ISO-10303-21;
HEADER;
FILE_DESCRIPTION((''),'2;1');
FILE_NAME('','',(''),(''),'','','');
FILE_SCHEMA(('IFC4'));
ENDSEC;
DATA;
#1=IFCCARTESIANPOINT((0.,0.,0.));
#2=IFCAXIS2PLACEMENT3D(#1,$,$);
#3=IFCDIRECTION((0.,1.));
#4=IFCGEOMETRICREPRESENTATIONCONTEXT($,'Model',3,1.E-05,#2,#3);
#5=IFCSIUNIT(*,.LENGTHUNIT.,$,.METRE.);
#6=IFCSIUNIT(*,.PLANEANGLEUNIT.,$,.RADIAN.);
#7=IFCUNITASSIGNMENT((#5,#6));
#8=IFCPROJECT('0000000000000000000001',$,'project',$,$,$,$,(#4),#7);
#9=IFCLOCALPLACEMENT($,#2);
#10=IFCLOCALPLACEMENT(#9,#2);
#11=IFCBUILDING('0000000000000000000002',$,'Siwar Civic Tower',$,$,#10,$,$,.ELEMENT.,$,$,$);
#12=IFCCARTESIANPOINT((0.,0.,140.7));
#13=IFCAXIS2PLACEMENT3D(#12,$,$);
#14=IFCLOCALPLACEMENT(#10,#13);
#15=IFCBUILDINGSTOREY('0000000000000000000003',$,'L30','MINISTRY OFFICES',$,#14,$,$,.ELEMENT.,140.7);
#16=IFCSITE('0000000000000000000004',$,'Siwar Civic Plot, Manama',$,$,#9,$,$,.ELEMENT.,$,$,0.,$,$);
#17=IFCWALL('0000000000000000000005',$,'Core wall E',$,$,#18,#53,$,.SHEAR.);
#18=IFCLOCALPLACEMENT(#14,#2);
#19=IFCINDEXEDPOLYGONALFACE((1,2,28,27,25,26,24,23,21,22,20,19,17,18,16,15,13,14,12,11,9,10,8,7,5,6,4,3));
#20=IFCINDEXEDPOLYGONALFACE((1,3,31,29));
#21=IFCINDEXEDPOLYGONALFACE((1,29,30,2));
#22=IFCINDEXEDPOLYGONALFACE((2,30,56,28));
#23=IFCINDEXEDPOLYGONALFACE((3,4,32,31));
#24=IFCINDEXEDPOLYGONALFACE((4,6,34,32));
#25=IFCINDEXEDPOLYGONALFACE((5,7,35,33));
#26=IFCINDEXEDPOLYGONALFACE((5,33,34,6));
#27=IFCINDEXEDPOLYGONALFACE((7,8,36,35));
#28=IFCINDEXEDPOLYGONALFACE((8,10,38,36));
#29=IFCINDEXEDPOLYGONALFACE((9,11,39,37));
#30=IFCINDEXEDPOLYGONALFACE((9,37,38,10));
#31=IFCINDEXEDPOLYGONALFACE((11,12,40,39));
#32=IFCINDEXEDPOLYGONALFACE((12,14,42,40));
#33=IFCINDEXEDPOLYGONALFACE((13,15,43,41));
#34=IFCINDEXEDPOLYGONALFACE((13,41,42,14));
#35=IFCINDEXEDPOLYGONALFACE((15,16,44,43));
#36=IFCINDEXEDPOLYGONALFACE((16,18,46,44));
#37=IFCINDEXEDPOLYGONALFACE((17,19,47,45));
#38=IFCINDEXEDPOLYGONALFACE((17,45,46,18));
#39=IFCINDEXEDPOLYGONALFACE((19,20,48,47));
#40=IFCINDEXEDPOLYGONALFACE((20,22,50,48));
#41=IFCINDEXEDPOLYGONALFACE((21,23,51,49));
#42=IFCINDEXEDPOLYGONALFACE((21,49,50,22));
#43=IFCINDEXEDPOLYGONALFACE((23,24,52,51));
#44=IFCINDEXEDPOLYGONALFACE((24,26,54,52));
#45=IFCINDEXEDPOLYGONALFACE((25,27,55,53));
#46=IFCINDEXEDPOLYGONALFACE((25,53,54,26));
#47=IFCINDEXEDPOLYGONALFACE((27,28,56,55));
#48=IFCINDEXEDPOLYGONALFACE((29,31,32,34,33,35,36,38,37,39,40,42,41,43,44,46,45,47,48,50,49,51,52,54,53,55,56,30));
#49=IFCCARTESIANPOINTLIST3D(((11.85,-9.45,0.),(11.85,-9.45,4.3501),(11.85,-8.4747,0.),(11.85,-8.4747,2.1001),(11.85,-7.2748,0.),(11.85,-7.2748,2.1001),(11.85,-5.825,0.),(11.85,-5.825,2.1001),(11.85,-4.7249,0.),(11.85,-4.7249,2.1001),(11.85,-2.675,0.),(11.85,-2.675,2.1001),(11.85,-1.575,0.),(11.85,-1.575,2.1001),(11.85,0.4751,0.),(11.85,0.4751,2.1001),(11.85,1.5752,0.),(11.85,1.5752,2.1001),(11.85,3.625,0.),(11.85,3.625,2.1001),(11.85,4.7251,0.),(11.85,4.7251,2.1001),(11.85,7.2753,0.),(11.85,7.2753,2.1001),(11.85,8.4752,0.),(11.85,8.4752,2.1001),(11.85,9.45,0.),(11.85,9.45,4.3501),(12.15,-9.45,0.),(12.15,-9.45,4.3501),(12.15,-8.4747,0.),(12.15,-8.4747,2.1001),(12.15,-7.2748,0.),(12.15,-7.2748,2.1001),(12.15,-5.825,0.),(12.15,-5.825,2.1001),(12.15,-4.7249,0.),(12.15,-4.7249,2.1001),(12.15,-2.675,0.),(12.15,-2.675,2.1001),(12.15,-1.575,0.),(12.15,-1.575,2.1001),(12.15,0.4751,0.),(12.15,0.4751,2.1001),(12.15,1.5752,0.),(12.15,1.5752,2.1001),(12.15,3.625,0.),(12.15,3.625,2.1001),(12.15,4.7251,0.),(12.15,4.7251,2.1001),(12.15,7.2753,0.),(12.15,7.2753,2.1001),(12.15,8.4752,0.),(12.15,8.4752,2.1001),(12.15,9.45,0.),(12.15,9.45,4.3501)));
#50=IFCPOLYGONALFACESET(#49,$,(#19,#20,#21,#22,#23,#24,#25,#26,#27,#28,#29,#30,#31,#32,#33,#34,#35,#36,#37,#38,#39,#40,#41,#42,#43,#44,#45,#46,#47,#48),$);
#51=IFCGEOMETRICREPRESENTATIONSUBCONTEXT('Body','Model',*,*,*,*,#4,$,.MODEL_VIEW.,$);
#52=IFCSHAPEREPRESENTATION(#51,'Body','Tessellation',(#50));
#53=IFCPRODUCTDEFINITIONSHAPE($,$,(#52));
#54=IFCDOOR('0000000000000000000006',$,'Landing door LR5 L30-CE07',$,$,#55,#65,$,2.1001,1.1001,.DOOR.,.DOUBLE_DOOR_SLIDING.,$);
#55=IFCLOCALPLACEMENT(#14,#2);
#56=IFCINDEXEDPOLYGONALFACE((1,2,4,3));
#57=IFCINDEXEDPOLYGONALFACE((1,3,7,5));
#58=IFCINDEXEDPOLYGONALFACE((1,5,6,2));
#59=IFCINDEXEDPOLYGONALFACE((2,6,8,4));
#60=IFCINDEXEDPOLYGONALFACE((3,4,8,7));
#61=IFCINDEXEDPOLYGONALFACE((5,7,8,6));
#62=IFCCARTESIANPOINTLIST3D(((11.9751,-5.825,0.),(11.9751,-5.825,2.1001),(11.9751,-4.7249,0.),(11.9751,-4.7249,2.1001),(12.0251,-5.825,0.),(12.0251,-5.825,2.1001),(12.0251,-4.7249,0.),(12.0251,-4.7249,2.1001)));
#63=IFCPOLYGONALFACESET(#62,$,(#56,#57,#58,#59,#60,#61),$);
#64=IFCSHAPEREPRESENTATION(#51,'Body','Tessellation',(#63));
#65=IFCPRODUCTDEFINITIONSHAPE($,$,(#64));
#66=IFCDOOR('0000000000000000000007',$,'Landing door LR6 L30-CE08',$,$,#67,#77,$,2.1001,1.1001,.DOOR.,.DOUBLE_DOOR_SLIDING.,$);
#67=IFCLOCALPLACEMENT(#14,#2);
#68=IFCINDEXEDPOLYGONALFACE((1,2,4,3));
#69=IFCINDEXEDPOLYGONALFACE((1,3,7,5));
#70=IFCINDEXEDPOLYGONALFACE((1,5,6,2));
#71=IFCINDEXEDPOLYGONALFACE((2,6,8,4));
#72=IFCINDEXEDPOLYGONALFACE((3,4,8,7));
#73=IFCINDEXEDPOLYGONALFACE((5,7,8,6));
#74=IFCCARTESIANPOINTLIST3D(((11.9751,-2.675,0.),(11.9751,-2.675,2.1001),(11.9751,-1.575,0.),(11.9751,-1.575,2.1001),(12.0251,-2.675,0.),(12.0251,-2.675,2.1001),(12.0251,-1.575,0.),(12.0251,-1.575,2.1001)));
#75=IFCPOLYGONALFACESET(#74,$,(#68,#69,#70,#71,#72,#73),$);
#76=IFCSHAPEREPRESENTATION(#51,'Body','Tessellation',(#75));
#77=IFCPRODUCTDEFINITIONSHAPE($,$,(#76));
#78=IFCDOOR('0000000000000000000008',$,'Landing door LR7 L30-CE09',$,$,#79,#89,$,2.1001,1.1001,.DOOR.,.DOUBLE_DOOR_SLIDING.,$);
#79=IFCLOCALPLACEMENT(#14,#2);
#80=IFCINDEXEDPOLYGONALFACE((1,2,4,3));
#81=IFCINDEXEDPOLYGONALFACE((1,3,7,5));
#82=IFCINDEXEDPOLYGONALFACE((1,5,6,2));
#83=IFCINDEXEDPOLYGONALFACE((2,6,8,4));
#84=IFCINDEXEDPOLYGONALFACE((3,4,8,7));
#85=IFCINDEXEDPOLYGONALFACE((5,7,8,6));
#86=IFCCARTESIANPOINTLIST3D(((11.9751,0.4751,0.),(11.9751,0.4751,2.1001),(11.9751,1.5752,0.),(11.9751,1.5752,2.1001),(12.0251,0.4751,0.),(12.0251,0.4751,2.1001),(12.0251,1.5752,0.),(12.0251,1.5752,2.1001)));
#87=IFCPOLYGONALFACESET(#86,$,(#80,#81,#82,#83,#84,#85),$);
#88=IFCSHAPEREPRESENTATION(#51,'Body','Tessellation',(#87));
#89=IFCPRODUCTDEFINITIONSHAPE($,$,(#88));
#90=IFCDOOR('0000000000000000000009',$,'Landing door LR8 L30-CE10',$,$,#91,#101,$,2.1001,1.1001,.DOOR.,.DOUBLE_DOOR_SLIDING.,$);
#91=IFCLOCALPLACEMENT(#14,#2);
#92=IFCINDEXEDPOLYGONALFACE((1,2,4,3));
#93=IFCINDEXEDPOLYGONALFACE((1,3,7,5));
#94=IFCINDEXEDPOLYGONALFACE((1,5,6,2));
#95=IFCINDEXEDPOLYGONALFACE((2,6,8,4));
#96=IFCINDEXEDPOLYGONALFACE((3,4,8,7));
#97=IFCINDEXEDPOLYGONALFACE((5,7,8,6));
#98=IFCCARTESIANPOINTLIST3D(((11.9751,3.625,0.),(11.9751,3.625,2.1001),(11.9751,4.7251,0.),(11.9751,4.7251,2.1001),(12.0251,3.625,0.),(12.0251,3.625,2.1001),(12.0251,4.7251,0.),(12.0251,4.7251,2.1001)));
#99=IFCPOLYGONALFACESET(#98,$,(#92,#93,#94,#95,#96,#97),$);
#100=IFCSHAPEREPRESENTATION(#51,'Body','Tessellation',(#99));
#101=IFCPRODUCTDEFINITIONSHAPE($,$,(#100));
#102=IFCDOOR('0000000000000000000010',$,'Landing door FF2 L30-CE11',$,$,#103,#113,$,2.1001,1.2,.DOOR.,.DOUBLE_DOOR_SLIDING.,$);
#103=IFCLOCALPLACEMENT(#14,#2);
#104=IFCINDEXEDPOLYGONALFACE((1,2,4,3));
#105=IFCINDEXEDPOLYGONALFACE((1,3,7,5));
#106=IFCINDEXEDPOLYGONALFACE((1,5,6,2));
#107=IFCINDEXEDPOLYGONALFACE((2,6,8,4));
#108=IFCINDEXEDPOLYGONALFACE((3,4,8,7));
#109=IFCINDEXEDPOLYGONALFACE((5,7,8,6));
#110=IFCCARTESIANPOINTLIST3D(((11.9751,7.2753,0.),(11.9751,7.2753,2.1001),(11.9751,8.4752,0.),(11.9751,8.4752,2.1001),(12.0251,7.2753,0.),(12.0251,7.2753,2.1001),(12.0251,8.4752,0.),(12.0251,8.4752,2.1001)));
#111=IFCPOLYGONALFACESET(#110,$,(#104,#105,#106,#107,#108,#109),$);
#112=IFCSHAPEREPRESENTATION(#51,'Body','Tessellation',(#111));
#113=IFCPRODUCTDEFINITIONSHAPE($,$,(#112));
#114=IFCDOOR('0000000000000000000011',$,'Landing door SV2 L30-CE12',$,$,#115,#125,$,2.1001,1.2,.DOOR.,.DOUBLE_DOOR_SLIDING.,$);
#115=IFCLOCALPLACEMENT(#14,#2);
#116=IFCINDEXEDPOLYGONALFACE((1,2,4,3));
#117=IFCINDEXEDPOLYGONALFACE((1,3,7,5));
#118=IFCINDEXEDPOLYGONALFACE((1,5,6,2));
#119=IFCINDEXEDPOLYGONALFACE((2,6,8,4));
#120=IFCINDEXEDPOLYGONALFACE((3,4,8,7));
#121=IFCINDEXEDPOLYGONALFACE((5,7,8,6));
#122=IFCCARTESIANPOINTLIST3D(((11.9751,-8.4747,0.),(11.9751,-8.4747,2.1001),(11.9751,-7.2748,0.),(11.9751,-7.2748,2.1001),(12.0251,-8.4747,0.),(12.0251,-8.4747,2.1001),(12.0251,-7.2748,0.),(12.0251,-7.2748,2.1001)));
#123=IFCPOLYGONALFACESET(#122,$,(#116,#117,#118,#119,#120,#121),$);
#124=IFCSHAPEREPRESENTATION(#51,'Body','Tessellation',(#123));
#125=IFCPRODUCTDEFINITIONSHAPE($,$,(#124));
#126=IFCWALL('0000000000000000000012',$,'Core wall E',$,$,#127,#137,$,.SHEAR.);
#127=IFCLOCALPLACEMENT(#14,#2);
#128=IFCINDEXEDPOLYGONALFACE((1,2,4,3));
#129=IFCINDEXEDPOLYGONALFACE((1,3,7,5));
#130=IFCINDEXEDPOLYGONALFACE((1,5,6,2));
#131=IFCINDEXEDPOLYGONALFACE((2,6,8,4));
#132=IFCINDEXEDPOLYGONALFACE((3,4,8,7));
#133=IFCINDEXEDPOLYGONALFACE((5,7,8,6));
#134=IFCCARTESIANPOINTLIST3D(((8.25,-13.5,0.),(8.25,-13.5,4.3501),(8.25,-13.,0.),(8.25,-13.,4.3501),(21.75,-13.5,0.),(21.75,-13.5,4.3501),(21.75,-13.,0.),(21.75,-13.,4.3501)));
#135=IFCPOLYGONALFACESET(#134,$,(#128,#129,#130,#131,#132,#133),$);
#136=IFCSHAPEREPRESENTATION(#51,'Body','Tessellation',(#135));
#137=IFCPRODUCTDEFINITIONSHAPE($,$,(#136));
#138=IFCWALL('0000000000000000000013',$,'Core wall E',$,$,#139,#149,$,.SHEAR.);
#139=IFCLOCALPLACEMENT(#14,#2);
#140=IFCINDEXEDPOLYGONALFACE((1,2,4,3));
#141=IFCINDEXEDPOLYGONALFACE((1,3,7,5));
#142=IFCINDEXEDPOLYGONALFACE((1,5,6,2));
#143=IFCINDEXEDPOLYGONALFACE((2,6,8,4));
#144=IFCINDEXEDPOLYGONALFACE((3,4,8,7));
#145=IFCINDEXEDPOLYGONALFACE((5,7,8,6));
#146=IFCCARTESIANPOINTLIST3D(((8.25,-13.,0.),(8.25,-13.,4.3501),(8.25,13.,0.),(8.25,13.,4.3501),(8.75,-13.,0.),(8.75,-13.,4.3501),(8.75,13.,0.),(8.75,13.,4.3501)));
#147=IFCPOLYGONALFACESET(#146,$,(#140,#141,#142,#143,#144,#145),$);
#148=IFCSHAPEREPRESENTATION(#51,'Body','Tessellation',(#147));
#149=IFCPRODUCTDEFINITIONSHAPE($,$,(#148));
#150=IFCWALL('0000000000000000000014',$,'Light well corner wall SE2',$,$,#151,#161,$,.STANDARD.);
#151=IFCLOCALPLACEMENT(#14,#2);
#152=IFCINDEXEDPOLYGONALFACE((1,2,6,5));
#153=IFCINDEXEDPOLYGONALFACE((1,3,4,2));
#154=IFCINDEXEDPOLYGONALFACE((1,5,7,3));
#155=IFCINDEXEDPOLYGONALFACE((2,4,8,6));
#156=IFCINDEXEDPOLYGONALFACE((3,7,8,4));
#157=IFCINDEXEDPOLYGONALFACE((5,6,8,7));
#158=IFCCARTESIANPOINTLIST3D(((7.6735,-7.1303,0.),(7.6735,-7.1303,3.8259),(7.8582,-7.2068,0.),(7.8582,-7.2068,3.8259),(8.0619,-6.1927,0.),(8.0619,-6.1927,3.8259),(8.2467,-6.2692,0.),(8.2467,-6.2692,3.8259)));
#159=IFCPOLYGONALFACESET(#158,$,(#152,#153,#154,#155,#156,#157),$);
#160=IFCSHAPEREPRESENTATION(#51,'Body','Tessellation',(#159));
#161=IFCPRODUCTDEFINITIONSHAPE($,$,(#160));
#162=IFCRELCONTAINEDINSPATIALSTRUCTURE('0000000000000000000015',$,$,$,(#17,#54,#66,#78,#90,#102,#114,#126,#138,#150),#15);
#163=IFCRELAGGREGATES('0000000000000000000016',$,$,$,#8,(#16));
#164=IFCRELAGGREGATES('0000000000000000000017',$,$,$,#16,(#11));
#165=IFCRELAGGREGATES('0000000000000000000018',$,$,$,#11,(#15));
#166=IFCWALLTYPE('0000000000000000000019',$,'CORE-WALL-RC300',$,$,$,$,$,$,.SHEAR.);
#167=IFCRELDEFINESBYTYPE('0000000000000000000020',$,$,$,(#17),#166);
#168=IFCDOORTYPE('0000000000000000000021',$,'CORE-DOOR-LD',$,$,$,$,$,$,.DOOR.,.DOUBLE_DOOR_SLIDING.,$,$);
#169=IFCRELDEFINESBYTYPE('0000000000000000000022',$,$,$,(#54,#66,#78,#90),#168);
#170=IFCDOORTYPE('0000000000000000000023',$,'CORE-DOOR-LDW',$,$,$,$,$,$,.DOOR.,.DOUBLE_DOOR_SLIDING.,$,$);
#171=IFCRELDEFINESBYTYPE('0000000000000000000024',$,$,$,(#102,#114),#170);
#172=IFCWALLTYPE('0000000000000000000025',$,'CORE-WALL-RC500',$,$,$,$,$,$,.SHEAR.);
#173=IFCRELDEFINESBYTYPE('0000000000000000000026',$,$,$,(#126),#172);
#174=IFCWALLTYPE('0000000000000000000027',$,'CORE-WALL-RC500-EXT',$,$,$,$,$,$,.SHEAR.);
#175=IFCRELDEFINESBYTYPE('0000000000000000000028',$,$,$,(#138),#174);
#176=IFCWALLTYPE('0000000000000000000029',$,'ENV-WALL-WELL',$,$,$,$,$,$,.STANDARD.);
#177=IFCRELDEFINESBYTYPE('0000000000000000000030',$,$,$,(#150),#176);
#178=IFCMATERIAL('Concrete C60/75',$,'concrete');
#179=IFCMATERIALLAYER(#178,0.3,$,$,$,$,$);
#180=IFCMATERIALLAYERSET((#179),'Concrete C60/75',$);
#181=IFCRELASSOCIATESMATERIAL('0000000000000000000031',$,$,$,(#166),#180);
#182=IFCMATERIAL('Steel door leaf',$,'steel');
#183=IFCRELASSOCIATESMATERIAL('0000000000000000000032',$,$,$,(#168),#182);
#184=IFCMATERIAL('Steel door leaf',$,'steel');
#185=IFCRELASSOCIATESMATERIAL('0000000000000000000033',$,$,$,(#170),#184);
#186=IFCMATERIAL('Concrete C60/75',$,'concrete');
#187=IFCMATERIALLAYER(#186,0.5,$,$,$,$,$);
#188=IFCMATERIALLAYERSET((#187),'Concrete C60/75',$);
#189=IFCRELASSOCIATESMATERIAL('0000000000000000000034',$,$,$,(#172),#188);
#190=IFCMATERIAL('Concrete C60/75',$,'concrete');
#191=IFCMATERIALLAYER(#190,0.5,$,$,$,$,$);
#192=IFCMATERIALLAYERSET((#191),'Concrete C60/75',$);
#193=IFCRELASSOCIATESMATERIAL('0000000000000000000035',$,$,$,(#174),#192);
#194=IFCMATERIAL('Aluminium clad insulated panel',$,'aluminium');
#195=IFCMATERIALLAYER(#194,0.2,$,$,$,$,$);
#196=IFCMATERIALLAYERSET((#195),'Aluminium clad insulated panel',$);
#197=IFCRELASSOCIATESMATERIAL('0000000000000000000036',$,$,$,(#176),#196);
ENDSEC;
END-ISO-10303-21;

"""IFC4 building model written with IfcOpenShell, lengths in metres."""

from ifc_helpers import new_model, si_unit, direction, frame, frame_2d, origin, place, context, subcontext, project, spatial, rectangle, extrude, material, layer, layer_set, type_object, element, fill, save


model = new_model("IFC4")

# Units and contexts
model_context = context("Model", 3, precision=1e-05, world=origin(), true_north=direction((0.0, 1.0)))
body_context = subcontext(model_context, "Body", "Model", "MODEL_VIEW")
ifc_project = project(units=[si_unit("LENGTHUNIT", "METRE"), si_unit("PLANEANGLEUNIT", "RADIAN")], contexts=[model_context])

# Site, building, storey
site_placement = place(None, origin())
site = spatial("IfcSite", under=ifc_project, at=site_placement, Name="Siwar Civic Plot, Manama", CompositionType="ELEMENT", RefElevation=0.0)
building_placement = place(site_placement, origin())
building = spatial("IfcBuilding", under=site, at=building_placement, Name="Siwar Civic Tower", CompositionType="ELEMENT")
storey_placement = place(building_placement, frame((0.0, 0.0, 140.7)))
storey = spatial("IfcBuildingStorey", under=building, at=storey_placement, Name="L30", Description="MINISTRY OFFICES", CompositionType="ELEMENT", Elevation=140.7)

# Wall, openings, doors
ifc_material_1 = material(Name="Concrete C60/75", Category="concrete")
ifc_layer_1 = layer(ifc_material_1, 0.3)
ifc_layer_set_1 = layer_set([ifc_layer_1], Name="Concrete C60/75")
wall_type_1 = type_object("IfcWallType", Name="CORE-WALL-RC300", PredefinedType="SHEAR", material=ifc_layer_set_1)
wall_1_placement = place(storey_placement, frame((12.0, -9.45, 0.0), z_axis=(0.0, 0.0, 1.0), x_axis=(0.0, 1.0, 0.0)))
wall_1 = element("IfcWall", 1, at=wall_1_placement, inside=storey, type_object=wall_type_1, Name="Core wall E", PredefinedType="SHEAR", context=body_context, shape_type="SweptSolid", body=[
    extrude(rectangle(XDim=18.8999, YDim=0.3, at=frame_2d((9.45, 0.0))), origin(), (0.0, 0.0, 1.0), 4.3501),
])
opening_1_placement = place(wall_1_placement, frame((3.625, 0.0, 0.0)))
opening_1 = element("IfcOpeningElement", 2, at=opening_1_placement, cuts=wall_1, PredefinedType="OPENING", context=body_context, shape_type="SweptSolid", body=[
    extrude(rectangle(XDim=1.1001, YDim=2.1001, at=frame_2d((0.55, 1.05))), frame((0.0, 0.1602, 0.0), z_axis=(0.0, -1.0, 0.0), x_axis=(1.0, 0.0, 0.0)), (0.0, 0.0, 1.0), 0.3201),
])
opening_2_placement = place(wall_1_placement, frame((6.7749, 0.0, 0.0)))
opening_2 = element("IfcOpeningElement", 3, at=opening_2_placement, cuts=wall_1, PredefinedType="OPENING", context=body_context, shape_type="SweptSolid", body=[
    extrude(rectangle(XDim=1.1001, YDim=2.1001, at=frame_2d((0.55, 1.05))), frame((0.0, 0.1602, 0.0), z_axis=(0.0, -1.0, 0.0), x_axis=(1.0, 0.0, 0.0)), (0.0, 0.0, 1.0), 0.3201),
])
opening_3_placement = place(wall_1_placement, frame((9.925, 0.0, 0.0)))
opening_3 = element("IfcOpeningElement", 4, at=opening_3_placement, cuts=wall_1, PredefinedType="OPENING", context=body_context, shape_type="SweptSolid", body=[
    extrude(rectangle(XDim=1.1001, YDim=2.1001, at=frame_2d((0.55, 1.05))), frame((0.0, 0.1602, 0.0), z_axis=(0.0, -1.0, 0.0), x_axis=(1.0, 0.0, 0.0)), (0.0, 0.0, 1.0), 0.3201),
])
opening_4_placement = place(wall_1_placement, frame((13.075, 0.0, 0.0)))
opening_4 = element("IfcOpeningElement", 5, at=opening_4_placement, cuts=wall_1, PredefinedType="OPENING", context=body_context, shape_type="SweptSolid", body=[
    extrude(rectangle(XDim=1.1001, YDim=2.1001, at=frame_2d((0.55, 1.05))), frame((0.0, 0.1602, 0.0), z_axis=(0.0, -1.0, 0.0), x_axis=(1.0, 0.0, 0.0)), (0.0, 0.0, 1.0), 0.3201),
])
opening_5_placement = place(wall_1_placement, frame((16.7251, 0.0, 0.0)))
opening_5 = element("IfcOpeningElement", 6, at=opening_5_placement, cuts=wall_1, PredefinedType="OPENING", context=body_context, shape_type="SweptSolid", body=[
    extrude(rectangle(XDim=1.2, YDim=2.1001, at=frame_2d((0.6001, 1.05))), frame((0.0, 0.1602, 0.0), z_axis=(0.0, -1.0, 0.0), x_axis=(1.0, 0.0, 0.0)), (0.0, 0.0, 1.0), 0.3201),
])
opening_6_placement = place(wall_1_placement, frame((0.9751, 0.0, 0.0)))
opening_6 = element("IfcOpeningElement", 7, at=opening_6_placement, cuts=wall_1, PredefinedType="OPENING", context=body_context, shape_type="SweptSolid", body=[
    extrude(rectangle(XDim=1.2, YDim=2.1001, at=frame_2d((0.6001, 1.05))), frame((0.0, 0.1602, 0.0), z_axis=(0.0, -1.0, 0.0), x_axis=(1.0, 0.0, 0.0)), (0.0, 0.0, 1.0), 0.3201),
])
ifc_material_2 = material(Name="Steel door leaf", Category="steel")
door_type_1 = type_object("IfcDoorType", Name="CORE-DOOR-LD", OperationType="DOUBLE_DOOR_SLIDING", PredefinedType="DOOR", material=ifc_material_2)
door_1_placement = place(opening_1_placement, origin())
door_1 = element("IfcDoor", 8, at=door_1_placement, inside=storey, type_object=door_type_1, Name="Landing door LR5 L30-CE07", OperationType="DOUBLE_DOOR_SLIDING", OverallHeight=2.1001, OverallWidth=1.1001, PredefinedType="DOOR", context=body_context, shape_type="SweptSolid", body=[
    extrude(rectangle(XDim=1.1001, YDim=2.1001, at=frame_2d((0.55, 1.05))), frame((0.0, 0.0249, 0.0), z_axis=(0.0, -1.0, 0.0), x_axis=(1.0, 0.0, 0.0)), (0.0, 0.0, 1.0), 0.05),
])
fill(opening_1, door_1)
door_2_placement = place(opening_2_placement, origin())
door_2 = element("IfcDoor", 9, at=door_2_placement, inside=storey, type_object=door_type_1, Name="Landing door LR6 L30-CE08", OperationType="DOUBLE_DOOR_SLIDING", OverallHeight=2.1001, OverallWidth=1.1001, PredefinedType="DOOR", context=body_context, shape_type="SweptSolid", body=[
    extrude(rectangle(XDim=1.1001, YDim=2.1001, at=frame_2d((0.55, 1.05))), frame((0.0, 0.0249, 0.0), z_axis=(0.0, -1.0, 0.0), x_axis=(1.0, 0.0, 0.0)), (0.0, 0.0, 1.0), 0.05),
])
fill(opening_2, door_2)
door_3_placement = place(opening_3_placement, origin())
door_3 = element("IfcDoor", 10, at=door_3_placement, inside=storey, type_object=door_type_1, Name="Landing door LR7 L30-CE09", OperationType="DOUBLE_DOOR_SLIDING", OverallHeight=2.1001, OverallWidth=1.1001, PredefinedType="DOOR", context=body_context, shape_type="SweptSolid", body=[
    extrude(rectangle(XDim=1.1001, YDim=2.1001, at=frame_2d((0.55, 1.05))), frame((0.0, 0.0249, 0.0), z_axis=(0.0, -1.0, 0.0), x_axis=(1.0, 0.0, 0.0)), (0.0, 0.0, 1.0), 0.05),
])
fill(opening_3, door_3)
door_4_placement = place(opening_4_placement, origin())
door_4 = element("IfcDoor", 11, at=door_4_placement, inside=storey, type_object=door_type_1, Name="Landing door LR8 L30-CE10", OperationType="DOUBLE_DOOR_SLIDING", OverallHeight=2.1001, OverallWidth=1.1001, PredefinedType="DOOR", context=body_context, shape_type="SweptSolid", body=[
    extrude(rectangle(XDim=1.1001, YDim=2.1001, at=frame_2d((0.55, 1.05))), frame((0.0, 0.0249, 0.0), z_axis=(0.0, -1.0, 0.0), x_axis=(1.0, 0.0, 0.0)), (0.0, 0.0, 1.0), 0.05),
])
fill(opening_4, door_4)
ifc_material_3 = material(Name="Steel door leaf", Category="steel")
door_type_2 = type_object("IfcDoorType", Name="CORE-DOOR-LDW", OperationType="DOUBLE_DOOR_SLIDING", PredefinedType="DOOR", material=ifc_material_3)
door_5_placement = place(opening_5_placement, origin())
door_5 = element("IfcDoor", 12, at=door_5_placement, inside=storey, type_object=door_type_2, Name="Landing door FF2 L30-CE11", OperationType="DOUBLE_DOOR_SLIDING", OverallHeight=2.1001, OverallWidth=1.2, PredefinedType="DOOR", context=body_context, shape_type="SweptSolid", body=[
    extrude(rectangle(XDim=1.2, YDim=2.1001, at=frame_2d((0.6001, 1.05))), frame((0.0, 0.0249, 0.0), z_axis=(0.0, -1.0, 0.0), x_axis=(1.0, 0.0, 0.0)), (0.0, 0.0, 1.0), 0.05),
])
fill(opening_5, door_5)
door_6_placement = place(opening_6_placement, origin())
door_6 = element("IfcDoor", 13, at=door_6_placement, inside=storey, type_object=door_type_2, Name="Landing door SV2 L30-CE12", OperationType="DOUBLE_DOOR_SLIDING", OverallHeight=2.1001, OverallWidth=1.2, PredefinedType="DOOR", context=body_context, shape_type="SweptSolid", body=[
    extrude(rectangle(XDim=1.2, YDim=2.1001, at=frame_2d((0.6001, 1.05))), frame((0.0, 0.0249, 0.0), z_axis=(0.0, -1.0, 0.0), x_axis=(1.0, 0.0, 0.0)), (0.0, 0.0, 1.0), 0.05),
])
fill(opening_6, door_6)

# Walls
ifc_material_4 = material(Name="Concrete C60/75", Category="concrete")
ifc_layer_2 = layer(ifc_material_4, 0.5)
ifc_layer_set_2 = layer_set([ifc_layer_2], Name="Concrete C60/75")
wall_type_2 = type_object("IfcWallType", Name="CORE-WALL-RC500", PredefinedType="SHEAR", material=ifc_layer_set_2)
wall_2_placement = place(storey_placement, frame((8.25, -13.25, 0.0), z_axis=(0.0, 0.0, 1.0), x_axis=(1.0, 0.0, 0.0)))
element("IfcWall", 14, at=wall_2_placement, inside=storey, type_object=wall_type_2, Name="Core wall E", PredefinedType="SHEAR", context=body_context, shape_type="SweptSolid", body=[
    extrude(rectangle(XDim=13.5, YDim=0.5, at=frame_2d((6.75, 0.0))), origin(), (0.0, 0.0, 1.0), 4.3501),
])
ifc_material_5 = material(Name="Concrete C60/75", Category="concrete")
ifc_layer_3 = layer(ifc_material_5, 0.5)
ifc_layer_set_3 = layer_set([ifc_layer_3], Name="Concrete C60/75")
wall_type_3 = type_object("IfcWallType", Name="CORE-WALL-RC500-EXT", PredefinedType="SHEAR", material=ifc_layer_set_3)
wall_3_placement = place(storey_placement, frame((8.5, -13.0, 0.0), z_axis=(0.0, 0.0, 1.0), x_axis=(0.0, 1.0, 0.0)))
element("IfcWall", 15, at=wall_3_placement, inside=storey, type_object=wall_type_3, Name="Core wall E", PredefinedType="SHEAR", context=body_context, shape_type="SweptSolid", body=[
    extrude(rectangle(XDim=26.0, YDim=0.5, at=frame_2d((13.0, 0.0))), origin(), (0.0, 0.0, 1.0), 4.3501),
])
ifc_material_6 = material(Name="Aluminium clad insulated panel", Category="aluminium")
ifc_layer_4 = layer(ifc_material_6, 0.2)
ifc_layer_set_4 = layer_set([ifc_layer_4], Name="Aluminium clad insulated panel")
wall_type_4 = type_object("IfcWallType", Name="ENV-WALL-WELL", PredefinedType="STANDARD", material=ifc_layer_set_4)
wall_4_placement = place(storey_placement, frame((7.7659, -7.1685, 0.0), z_axis=(0.0, 0.0, 1.0), x_axis=(0.38277, 0.923844, 0.0)))
element("IfcWall", 16, at=wall_4_placement, inside=storey, type_object=wall_type_4, Name="Light well corner wall SE2", PredefinedType="STANDARD", context=body_context, shape_type="SweptSolid", body=[
    extrude(rectangle(XDim=1.0149, YDim=0.2, at=frame_2d((0.5073, 0.0))), origin(), (0.0, 0.0, 1.0), 3.8259),
])

save(model, "model.ifc")
